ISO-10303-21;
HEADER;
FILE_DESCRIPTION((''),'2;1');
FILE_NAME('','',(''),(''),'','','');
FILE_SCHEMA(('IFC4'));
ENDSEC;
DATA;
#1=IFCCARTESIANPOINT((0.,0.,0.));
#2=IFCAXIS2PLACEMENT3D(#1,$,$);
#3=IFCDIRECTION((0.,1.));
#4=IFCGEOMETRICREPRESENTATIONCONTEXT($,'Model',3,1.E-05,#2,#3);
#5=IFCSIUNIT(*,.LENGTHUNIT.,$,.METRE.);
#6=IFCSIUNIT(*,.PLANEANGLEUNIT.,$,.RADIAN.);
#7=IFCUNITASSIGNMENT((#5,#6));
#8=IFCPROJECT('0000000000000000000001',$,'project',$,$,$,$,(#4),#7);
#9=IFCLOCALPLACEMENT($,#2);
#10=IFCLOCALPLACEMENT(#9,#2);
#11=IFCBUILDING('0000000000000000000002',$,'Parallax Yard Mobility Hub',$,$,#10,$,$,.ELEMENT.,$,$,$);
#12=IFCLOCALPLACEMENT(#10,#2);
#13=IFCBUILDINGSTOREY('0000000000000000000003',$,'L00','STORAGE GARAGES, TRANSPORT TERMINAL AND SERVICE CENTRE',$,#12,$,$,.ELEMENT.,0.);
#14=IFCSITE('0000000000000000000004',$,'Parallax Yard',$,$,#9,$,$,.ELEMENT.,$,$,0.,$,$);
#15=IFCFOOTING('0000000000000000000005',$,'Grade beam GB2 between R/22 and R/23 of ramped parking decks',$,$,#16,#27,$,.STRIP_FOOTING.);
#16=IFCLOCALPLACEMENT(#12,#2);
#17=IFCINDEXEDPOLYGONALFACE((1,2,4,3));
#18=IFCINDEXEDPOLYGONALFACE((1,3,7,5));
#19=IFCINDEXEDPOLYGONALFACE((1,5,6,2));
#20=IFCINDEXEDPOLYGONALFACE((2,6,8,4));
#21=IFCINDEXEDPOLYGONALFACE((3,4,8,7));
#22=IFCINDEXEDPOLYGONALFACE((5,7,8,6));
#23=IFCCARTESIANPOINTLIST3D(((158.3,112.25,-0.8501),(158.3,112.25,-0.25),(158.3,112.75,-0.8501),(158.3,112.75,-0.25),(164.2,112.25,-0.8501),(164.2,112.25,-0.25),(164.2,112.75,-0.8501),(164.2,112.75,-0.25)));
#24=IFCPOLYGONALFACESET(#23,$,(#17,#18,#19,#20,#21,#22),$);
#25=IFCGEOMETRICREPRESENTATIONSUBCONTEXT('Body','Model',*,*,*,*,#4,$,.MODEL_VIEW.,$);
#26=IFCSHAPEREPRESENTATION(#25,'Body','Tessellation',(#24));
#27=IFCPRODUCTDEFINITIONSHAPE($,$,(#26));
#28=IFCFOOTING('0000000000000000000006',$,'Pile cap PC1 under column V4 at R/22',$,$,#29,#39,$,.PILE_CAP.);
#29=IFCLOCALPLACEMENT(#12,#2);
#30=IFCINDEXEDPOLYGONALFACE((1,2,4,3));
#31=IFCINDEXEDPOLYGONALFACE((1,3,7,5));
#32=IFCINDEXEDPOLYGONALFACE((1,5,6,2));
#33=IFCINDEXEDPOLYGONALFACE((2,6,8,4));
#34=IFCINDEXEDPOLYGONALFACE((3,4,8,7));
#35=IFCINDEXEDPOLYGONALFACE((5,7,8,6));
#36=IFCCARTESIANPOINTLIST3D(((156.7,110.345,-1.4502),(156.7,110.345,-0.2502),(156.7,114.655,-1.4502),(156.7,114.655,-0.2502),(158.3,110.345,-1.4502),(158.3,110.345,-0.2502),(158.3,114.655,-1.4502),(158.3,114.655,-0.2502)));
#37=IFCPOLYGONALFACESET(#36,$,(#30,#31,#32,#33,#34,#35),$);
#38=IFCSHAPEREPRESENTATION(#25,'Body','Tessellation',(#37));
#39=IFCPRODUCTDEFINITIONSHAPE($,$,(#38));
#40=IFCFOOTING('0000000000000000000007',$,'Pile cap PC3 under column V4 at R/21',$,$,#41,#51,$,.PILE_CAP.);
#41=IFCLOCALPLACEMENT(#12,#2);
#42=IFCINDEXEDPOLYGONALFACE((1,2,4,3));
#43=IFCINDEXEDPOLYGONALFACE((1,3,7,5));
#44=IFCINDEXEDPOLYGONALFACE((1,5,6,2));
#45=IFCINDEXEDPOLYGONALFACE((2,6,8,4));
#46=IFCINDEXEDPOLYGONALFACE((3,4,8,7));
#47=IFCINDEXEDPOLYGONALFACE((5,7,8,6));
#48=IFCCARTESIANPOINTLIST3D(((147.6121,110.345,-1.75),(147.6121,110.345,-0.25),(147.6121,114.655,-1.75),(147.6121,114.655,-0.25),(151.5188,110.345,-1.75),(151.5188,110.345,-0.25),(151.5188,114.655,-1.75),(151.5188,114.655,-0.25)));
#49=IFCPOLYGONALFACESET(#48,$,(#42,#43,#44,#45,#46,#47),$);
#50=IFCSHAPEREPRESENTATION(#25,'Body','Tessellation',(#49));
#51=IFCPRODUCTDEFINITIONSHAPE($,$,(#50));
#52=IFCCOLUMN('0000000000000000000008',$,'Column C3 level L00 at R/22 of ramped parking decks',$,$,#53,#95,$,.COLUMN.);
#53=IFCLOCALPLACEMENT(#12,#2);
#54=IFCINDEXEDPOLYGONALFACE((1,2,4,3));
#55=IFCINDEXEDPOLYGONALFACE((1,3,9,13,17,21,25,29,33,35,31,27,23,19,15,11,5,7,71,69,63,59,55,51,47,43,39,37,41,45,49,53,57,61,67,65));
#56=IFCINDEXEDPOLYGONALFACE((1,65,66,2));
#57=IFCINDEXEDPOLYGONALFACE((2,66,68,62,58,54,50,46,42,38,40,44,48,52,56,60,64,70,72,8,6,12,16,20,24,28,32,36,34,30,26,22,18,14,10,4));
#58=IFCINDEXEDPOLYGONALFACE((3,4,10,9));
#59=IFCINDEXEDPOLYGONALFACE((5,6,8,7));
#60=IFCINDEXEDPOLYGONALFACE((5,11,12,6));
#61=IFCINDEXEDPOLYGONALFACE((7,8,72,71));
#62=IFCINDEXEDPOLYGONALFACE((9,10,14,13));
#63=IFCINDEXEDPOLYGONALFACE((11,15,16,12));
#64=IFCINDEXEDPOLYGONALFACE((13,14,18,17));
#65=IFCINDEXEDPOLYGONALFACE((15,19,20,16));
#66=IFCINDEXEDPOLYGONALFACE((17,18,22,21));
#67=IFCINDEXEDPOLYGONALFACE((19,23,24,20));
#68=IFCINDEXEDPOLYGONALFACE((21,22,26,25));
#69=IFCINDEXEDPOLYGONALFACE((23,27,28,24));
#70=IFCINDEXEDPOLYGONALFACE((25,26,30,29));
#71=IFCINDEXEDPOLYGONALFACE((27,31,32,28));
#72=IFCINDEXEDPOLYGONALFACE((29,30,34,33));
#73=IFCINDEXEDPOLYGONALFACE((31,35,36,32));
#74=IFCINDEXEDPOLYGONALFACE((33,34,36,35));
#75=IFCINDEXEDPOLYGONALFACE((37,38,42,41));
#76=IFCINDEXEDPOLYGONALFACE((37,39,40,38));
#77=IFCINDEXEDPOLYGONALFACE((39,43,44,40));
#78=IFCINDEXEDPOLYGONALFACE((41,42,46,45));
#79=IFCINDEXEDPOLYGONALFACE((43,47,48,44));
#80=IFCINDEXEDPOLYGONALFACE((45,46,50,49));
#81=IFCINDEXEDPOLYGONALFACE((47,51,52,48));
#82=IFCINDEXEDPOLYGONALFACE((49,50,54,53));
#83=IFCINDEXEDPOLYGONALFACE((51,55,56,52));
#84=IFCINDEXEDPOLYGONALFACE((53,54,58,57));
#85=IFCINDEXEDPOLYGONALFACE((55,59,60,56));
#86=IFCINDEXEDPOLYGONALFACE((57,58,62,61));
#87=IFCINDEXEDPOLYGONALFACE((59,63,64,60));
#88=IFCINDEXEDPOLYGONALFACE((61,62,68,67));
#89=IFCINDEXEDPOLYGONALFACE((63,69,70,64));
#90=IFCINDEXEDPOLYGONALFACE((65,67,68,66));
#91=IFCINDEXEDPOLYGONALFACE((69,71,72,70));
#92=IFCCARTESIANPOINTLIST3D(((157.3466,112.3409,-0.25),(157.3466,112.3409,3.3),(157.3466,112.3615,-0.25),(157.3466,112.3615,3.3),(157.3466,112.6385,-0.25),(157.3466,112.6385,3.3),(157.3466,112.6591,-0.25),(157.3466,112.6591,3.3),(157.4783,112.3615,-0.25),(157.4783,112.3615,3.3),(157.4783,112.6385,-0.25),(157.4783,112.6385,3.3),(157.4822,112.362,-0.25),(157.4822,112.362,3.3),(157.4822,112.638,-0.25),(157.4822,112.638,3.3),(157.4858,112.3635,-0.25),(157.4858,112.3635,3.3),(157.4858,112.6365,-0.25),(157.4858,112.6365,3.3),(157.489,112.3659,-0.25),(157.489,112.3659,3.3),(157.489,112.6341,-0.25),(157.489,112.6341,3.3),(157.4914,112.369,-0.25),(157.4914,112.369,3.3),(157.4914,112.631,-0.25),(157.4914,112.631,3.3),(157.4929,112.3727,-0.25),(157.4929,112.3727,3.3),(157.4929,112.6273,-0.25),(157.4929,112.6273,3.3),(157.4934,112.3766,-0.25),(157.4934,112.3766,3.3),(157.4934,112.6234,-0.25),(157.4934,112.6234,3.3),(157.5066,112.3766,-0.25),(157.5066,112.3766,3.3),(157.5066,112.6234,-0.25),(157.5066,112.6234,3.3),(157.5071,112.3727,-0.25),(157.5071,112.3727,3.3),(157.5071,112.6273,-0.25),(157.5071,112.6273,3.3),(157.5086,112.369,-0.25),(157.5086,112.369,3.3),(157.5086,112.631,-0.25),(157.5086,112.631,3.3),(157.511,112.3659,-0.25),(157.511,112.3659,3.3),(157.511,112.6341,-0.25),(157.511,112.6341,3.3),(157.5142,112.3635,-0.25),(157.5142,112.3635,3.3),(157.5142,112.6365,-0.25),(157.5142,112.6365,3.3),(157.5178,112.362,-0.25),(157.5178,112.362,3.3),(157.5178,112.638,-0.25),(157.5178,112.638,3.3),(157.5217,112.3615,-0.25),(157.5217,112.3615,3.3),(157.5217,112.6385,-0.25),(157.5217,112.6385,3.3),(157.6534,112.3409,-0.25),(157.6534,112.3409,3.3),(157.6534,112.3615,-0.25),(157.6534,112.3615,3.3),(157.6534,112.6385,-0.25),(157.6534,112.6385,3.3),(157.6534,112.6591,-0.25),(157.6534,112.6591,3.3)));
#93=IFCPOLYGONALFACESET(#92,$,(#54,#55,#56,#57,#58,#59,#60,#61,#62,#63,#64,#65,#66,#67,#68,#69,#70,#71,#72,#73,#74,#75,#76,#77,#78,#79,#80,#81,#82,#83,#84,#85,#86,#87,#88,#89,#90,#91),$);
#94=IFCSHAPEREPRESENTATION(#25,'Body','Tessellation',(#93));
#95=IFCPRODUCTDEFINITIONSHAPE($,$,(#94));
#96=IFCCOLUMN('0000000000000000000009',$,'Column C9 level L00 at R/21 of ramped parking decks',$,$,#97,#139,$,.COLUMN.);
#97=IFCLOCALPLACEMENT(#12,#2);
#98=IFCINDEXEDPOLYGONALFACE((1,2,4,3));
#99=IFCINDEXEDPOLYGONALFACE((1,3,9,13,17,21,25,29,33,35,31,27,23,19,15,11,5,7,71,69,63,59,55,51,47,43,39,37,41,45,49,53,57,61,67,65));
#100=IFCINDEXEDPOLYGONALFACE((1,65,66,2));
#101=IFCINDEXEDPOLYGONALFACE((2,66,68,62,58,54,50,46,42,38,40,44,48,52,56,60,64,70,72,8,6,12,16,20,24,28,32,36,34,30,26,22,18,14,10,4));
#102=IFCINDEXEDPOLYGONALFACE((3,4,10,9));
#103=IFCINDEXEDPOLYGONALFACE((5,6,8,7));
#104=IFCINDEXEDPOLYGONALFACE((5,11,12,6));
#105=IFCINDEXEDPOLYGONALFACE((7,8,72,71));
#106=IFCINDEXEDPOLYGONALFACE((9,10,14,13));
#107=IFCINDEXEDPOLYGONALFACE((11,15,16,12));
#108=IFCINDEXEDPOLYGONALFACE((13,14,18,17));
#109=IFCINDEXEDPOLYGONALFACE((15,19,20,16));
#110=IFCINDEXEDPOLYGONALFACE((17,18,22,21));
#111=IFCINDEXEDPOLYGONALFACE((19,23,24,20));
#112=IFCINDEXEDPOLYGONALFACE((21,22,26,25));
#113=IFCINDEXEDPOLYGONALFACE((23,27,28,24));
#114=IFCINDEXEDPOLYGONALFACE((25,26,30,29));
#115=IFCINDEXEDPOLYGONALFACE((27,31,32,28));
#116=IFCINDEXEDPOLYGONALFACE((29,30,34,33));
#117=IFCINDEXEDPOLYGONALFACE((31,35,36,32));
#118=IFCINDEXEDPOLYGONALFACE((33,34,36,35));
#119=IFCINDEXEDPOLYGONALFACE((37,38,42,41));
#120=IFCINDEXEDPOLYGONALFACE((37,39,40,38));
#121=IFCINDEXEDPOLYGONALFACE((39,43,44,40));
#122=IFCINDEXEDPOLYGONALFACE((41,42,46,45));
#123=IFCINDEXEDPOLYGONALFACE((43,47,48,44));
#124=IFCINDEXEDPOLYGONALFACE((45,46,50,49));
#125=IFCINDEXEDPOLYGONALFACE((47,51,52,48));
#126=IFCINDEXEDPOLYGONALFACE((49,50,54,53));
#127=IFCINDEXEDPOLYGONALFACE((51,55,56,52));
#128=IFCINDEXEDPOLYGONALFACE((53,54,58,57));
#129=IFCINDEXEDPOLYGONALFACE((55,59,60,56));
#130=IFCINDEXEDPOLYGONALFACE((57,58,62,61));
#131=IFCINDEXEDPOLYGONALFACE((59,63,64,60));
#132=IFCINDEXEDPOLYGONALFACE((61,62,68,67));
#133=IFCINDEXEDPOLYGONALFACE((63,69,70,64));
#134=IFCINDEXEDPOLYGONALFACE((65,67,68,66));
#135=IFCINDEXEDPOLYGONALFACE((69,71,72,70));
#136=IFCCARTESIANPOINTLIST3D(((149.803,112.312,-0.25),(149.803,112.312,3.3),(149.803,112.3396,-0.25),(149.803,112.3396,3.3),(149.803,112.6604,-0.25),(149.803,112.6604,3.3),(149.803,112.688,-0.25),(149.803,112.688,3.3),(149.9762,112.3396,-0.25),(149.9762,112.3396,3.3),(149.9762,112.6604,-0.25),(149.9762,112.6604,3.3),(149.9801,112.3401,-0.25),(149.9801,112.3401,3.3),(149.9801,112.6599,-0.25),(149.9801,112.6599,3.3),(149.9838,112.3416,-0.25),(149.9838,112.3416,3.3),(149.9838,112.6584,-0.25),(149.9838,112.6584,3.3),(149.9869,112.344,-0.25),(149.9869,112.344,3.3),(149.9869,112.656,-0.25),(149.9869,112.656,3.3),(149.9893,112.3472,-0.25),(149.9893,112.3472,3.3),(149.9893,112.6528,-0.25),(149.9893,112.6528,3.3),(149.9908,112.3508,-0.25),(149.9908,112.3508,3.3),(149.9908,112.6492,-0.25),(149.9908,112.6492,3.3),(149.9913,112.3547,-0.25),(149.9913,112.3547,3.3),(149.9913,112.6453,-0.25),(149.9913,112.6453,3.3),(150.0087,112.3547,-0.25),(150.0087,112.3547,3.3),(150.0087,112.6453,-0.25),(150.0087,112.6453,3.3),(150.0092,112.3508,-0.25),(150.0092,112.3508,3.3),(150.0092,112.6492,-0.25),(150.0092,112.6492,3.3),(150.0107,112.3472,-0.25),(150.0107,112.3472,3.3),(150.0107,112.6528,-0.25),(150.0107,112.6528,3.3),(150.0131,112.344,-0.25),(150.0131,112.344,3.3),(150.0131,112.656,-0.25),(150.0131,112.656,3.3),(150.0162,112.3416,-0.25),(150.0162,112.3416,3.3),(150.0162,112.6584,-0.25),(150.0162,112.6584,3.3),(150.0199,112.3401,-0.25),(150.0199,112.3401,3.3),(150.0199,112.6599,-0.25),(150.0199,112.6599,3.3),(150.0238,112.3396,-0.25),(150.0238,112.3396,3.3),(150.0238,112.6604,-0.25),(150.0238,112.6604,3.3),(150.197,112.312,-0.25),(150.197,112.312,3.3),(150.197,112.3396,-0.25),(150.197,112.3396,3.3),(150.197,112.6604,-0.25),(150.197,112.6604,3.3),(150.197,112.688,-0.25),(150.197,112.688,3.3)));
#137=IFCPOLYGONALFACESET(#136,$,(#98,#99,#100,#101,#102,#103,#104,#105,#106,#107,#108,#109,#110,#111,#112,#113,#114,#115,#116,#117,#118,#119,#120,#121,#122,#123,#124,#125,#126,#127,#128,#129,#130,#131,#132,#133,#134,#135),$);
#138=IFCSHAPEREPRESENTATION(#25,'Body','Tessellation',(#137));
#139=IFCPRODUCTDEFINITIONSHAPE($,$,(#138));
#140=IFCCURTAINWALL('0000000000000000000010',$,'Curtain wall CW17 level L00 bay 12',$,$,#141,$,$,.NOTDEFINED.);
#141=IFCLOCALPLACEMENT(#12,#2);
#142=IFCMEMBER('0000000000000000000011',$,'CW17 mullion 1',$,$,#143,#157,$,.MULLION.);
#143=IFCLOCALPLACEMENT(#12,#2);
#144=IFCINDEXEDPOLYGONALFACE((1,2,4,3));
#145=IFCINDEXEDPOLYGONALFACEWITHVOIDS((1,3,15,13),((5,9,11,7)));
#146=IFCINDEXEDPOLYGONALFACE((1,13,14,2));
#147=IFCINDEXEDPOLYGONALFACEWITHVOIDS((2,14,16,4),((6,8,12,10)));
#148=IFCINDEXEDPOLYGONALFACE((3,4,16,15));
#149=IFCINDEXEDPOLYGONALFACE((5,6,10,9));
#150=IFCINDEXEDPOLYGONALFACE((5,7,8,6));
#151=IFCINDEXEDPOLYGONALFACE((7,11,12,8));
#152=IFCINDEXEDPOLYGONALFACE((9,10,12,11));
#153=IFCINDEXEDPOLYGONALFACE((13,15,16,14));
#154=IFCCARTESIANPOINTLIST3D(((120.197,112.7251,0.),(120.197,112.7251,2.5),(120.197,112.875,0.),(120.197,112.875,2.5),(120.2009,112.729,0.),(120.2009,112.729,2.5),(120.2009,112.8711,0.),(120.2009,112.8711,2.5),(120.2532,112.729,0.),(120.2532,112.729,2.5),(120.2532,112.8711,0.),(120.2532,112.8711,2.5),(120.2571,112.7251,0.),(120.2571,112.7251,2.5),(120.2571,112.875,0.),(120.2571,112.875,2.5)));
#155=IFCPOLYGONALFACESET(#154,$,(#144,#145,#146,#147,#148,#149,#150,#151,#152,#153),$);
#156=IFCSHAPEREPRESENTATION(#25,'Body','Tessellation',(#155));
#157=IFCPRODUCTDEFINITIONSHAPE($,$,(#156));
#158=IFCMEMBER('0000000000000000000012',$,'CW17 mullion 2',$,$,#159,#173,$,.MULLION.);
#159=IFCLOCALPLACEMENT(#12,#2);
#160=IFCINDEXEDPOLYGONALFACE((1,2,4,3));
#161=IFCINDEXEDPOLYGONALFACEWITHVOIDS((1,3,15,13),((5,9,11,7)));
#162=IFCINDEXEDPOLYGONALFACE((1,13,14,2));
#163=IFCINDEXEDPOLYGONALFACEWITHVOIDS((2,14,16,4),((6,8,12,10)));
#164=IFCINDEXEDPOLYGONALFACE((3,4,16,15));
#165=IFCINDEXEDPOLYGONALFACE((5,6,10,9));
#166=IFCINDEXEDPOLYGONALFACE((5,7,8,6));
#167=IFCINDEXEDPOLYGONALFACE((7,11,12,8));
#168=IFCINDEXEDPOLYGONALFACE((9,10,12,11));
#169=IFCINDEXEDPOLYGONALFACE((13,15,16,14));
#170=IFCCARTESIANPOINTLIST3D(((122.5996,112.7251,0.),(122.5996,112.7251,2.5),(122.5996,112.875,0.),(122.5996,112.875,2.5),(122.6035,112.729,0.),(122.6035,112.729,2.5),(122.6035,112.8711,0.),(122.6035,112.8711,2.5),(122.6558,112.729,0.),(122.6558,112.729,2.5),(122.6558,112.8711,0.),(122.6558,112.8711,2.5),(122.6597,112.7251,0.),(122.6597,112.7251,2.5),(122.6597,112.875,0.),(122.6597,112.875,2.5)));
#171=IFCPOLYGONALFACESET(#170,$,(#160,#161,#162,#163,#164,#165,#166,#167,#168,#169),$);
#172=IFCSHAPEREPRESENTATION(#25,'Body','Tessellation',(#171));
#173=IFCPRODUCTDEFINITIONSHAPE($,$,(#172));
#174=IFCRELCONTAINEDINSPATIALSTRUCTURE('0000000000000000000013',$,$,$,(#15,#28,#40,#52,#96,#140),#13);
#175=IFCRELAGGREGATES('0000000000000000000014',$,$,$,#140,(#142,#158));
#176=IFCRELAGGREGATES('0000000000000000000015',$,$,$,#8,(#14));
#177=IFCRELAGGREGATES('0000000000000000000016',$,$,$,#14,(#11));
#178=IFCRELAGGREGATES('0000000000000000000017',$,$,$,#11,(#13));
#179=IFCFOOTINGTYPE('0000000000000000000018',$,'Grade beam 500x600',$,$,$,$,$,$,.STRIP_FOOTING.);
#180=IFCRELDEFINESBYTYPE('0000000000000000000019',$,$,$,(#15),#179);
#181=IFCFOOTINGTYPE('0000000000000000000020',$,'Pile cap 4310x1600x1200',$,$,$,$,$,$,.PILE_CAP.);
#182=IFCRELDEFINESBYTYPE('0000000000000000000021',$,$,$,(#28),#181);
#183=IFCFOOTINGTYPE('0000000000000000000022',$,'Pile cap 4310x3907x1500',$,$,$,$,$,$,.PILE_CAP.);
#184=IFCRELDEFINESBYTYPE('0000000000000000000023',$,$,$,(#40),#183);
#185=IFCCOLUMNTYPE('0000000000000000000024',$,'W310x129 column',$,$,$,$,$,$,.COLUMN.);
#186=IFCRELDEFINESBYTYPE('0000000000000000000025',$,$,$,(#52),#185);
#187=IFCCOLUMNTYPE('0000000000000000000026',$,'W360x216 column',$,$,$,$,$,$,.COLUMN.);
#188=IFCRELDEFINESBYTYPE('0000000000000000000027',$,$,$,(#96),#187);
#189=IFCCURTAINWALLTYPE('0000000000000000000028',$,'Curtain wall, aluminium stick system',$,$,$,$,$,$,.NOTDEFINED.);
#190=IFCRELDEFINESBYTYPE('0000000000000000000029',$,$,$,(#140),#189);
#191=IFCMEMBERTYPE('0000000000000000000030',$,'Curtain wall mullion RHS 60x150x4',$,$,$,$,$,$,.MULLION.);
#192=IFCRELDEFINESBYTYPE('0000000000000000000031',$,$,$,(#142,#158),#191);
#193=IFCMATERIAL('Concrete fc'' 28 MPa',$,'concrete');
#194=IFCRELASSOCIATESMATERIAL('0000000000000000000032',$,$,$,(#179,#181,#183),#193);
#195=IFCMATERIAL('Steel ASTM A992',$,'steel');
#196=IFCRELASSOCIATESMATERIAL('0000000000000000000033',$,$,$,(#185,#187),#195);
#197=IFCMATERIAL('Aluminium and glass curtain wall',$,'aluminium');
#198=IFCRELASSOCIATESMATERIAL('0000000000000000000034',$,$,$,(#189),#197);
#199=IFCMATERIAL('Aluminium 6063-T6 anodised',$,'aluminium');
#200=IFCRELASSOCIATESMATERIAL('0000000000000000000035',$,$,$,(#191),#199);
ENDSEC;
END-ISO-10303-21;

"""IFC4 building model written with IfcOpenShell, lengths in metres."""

from ifc_helpers import new_model, si_unit, direction, frame, origin, origin_2d, place, context, subcontext, project, spatial, rectangle, hollow_rectangle, i_section, extrude, material, material_profile, profile_set, type_object, element, aggregate, save


model = new_model("IFC4")

# Units and contexts
model_context = context("Model", 3, precision=1e-05, world=origin(), true_north=direction((0.0, 1.0)))
body_context = subcontext(model_context, "Body", "Model", "MODEL_VIEW")
ifc_project = project(units=[si_unit("LENGTHUNIT", "METRE"), si_unit("PLANEANGLEUNIT", "RADIAN")], contexts=[model_context])

# Site, building, storey
site_placement = place(None, origin())
site = spatial("IfcSite", under=ifc_project, at=site_placement, Name="Parallax Yard", CompositionType="ELEMENT", RefElevation=0.0)
building_placement = place(site_placement, origin())
building = spatial("IfcBuilding", under=site, at=building_placement, Name="Parallax Yard Mobility Hub", CompositionType="ELEMENT")
storey_placement = place(building_placement, origin())
storey = spatial("IfcBuildingStorey", under=building, at=storey_placement, Name="L00", Description="STORAGE GARAGES, TRANSPORT TERMINAL AND SERVICE CENTRE", CompositionType="ELEMENT", Elevation=0.0)

# Shared definitions
ifc_material_1 = material(Name="Concrete fc' 28 MPa", Category="concrete")

# Footings
ifc_material_profile_1 = material_profile(ifc_material_1, rectangle(XDim=0.5, YDim=0.6001, at=origin_2d()), Name="Grade beam 500x600")
ifc_profile_set_1 = profile_set([ifc_material_profile_1], Name="Concrete fc' 28 MPa")
footing_type_1 = type_object("IfcFootingType", Name="Grade beam 500x600", PredefinedType="STRIP_FOOTING", material=ifc_profile_set_1)
footing_1_placement = place(storey_placement, frame((158.3, 112.5, -0.55), z_axis=(1.0, 0.0, 0.0), x_axis=(0.0, 1.0, 0.0)))
element("IfcFooting", 1, at=footing_1_placement, inside=storey, type_object=footing_type_1, Name="Grade beam GB2 between R/22 and R/23 of ramped parking decks", PredefinedType="STRIP_FOOTING", context=body_context, shape_type="SweptSolid", body=[
    extrude(rectangle(XDim=0.5, YDim=0.6001, at=origin_2d()), origin(), (0.0, 0.0, 1.0), 5.8999),
])
footing_type_2 = type_object("IfcFootingType", Name="Pile cap 4310x1600x1200", PredefinedType="PILE_CAP", material=ifc_material_1)
footing_2_placement = place(storey_placement, frame((157.5, 112.5, -1.4502), z_axis=(0.0, 0.0, 1.0), x_axis=(0.0, 1.0, 0.0)))
element("IfcFooting", 2, at=footing_2_placement, inside=storey, type_object=footing_type_2, Name="Pile cap PC1 under column V4 at R/22", PredefinedType="PILE_CAP", context=body_context, shape_type="SweptSolid", body=[
    extrude(rectangle(XDim=4.3101, YDim=1.6001, at=origin_2d()), origin(), (0.0, 0.0, 1.0), 1.2),
])
footing_type_3 = type_object("IfcFootingType", Name="Pile cap 4310x3907x1500", PredefinedType="PILE_CAP", material=ifc_material_1)
footing_3_placement = place(storey_placement, frame((149.5654, 112.5, -1.75), z_axis=(0.0, 0.0, 1.0), x_axis=(0.0, 1.0, 0.0)))
element("IfcFooting", 3, at=footing_3_placement, inside=storey, type_object=footing_type_3, Name="Pile cap PC3 under column V4 at R/21", PredefinedType="PILE_CAP", context=body_context, shape_type="SweptSolid", body=[
    extrude(rectangle(XDim=4.3101, YDim=3.9067, at=origin_2d()), origin(), (0.0, 0.0, 1.0), 1.5),
])

# Columns
ifc_material_2 = material(Name="Steel ASTM A992", Category="steel")
ifc_material_profile_2 = material_profile(ifc_material_2, i_section(OverallWidth=0.3069, OverallDepth=0.3181, WebThickness=0.0132, FlangeThickness=0.0205, FilletRadius=0.0151, at=origin_2d()), Name="W310x129")
ifc_profile_set_2 = profile_set([ifc_material_profile_2], Name="Steel ASTM A992")
column_type_1 = type_object("IfcColumnType", Name="W310x129 column", PredefinedType="COLUMN", material=ifc_profile_set_2)
column_1_placement = place(storey_placement, frame((157.5, 112.5, -0.25), z_axis=(0.0, 0.0, 1.0), x_axis=(1.0, 0.0, 0.0)))
element("IfcColumn", 4, at=column_1_placement, inside=storey, type_object=column_type_1, Name="Column C3 level L00 at R/22 of ramped parking decks", PredefinedType="COLUMN", context=body_context, shape_type="SweptSolid", body=[
    extrude(i_section(OverallWidth=0.3069, OverallDepth=0.3181, WebThickness=0.0132, FlangeThickness=0.0205, FilletRadius=0.0151, at=origin_2d()), origin(), (0.0, 0.0, 1.0), 3.55),
])
ifc_material_profile_3 = material_profile(ifc_material_2, i_section(OverallWidth=0.394, OverallDepth=0.376, WebThickness=0.0173, FlangeThickness=0.0276, FilletRadius=0.0151, at=origin_2d()), Name="W360x216")
ifc_profile_set_3 = profile_set([ifc_material_profile_3], Name="Steel ASTM A992")
column_type_2 = type_object("IfcColumnType", Name="W360x216 column", PredefinedType="COLUMN", material=ifc_profile_set_3)
column_2_placement = place(storey_placement, frame((150.0, 112.5, -0.25), z_axis=(0.0, 0.0, 1.0), x_axis=(1.0, 0.0, 0.0)))
element("IfcColumn", 5, at=column_2_placement, inside=storey, type_object=column_type_2, Name="Column C9 level L00 at R/21 of ramped parking decks", PredefinedType="COLUMN", context=body_context, shape_type="SweptSolid", body=[
    extrude(i_section(OverallWidth=0.394, OverallDepth=0.376, WebThickness=0.0173, FlangeThickness=0.0276, FilletRadius=0.0151, at=origin_2d()), origin(), (0.0, 0.0, 1.0), 3.55),
])

# Curtain wall, members
ifc_material_3 = material(Name="Aluminium and glass curtain wall", Category="aluminium")
curtain_wall_type = type_object("IfcCurtainWallType", Name="Curtain wall, aluminium stick system", PredefinedType="NOTDEFINED", material=ifc_material_3)
curtain_wall_placement = place(storey_placement, origin())
curtain_wall = element("IfcCurtainWall", 6, at=curtain_wall_placement, inside=storey, type_object=curtain_wall_type, Name="Curtain wall CW17 level L00 bay 12", PredefinedType="NOTDEFINED")
ifc_material_4 = material(Name="Aluminium 6063-T6 anodised", Category="aluminium")
ifc_material_profile_4 = material_profile(ifc_material_4, hollow_rectangle(XDim=0.1499, YDim=0.0601, WallThickness=0.0039, at=origin_2d()), Name="RHS 60x150x4")
ifc_profile_set_4 = profile_set([ifc_material_profile_4], Name="Aluminium 6063-T6 anodised")
member_type_1 = type_object("IfcMemberType", Name="Curtain wall mullion RHS 60x150x4", PredefinedType="MULLION", material=ifc_profile_set_4)
member_1_placement = place(storey_placement, frame((120.2271, 112.8, 0.0), z_axis=(0.0, 0.0, 1.0), x_axis=(0.0, 1.0, 0.0)))
member_1 = element("IfcMember", 7, at=member_1_placement, type_object=member_type_1, Name="CW17 mullion 1", PredefinedType="MULLION", context=body_context, shape_type="SweptSolid", body=[
    extrude(hollow_rectangle(XDim=0.1499, YDim=0.0601, WallThickness=0.0039, at=origin_2d()), origin(), (0.0, 0.0, 1.0), 2.5),
])
member_2_placement = place(storey_placement, frame((122.6296, 112.8, 0.0), z_axis=(0.0, 0.0, 1.0), x_axis=(0.0, 1.0, 0.0)))
member_2 = element("IfcMember", 8, at=member_2_placement, type_object=member_type_1, Name="CW17 mullion 2", PredefinedType="MULLION", context=body_context, shape_type="SweptSolid", body=[
    extrude(hollow_rectangle(XDim=0.1499, YDim=0.0601, WallThickness=0.0039, at=origin_2d()), origin(), (0.0, 0.0, 1.0), 2.5),
])
aggregate(curtain_wall, [member_1, member_2])

save(model, "model.ifc")
